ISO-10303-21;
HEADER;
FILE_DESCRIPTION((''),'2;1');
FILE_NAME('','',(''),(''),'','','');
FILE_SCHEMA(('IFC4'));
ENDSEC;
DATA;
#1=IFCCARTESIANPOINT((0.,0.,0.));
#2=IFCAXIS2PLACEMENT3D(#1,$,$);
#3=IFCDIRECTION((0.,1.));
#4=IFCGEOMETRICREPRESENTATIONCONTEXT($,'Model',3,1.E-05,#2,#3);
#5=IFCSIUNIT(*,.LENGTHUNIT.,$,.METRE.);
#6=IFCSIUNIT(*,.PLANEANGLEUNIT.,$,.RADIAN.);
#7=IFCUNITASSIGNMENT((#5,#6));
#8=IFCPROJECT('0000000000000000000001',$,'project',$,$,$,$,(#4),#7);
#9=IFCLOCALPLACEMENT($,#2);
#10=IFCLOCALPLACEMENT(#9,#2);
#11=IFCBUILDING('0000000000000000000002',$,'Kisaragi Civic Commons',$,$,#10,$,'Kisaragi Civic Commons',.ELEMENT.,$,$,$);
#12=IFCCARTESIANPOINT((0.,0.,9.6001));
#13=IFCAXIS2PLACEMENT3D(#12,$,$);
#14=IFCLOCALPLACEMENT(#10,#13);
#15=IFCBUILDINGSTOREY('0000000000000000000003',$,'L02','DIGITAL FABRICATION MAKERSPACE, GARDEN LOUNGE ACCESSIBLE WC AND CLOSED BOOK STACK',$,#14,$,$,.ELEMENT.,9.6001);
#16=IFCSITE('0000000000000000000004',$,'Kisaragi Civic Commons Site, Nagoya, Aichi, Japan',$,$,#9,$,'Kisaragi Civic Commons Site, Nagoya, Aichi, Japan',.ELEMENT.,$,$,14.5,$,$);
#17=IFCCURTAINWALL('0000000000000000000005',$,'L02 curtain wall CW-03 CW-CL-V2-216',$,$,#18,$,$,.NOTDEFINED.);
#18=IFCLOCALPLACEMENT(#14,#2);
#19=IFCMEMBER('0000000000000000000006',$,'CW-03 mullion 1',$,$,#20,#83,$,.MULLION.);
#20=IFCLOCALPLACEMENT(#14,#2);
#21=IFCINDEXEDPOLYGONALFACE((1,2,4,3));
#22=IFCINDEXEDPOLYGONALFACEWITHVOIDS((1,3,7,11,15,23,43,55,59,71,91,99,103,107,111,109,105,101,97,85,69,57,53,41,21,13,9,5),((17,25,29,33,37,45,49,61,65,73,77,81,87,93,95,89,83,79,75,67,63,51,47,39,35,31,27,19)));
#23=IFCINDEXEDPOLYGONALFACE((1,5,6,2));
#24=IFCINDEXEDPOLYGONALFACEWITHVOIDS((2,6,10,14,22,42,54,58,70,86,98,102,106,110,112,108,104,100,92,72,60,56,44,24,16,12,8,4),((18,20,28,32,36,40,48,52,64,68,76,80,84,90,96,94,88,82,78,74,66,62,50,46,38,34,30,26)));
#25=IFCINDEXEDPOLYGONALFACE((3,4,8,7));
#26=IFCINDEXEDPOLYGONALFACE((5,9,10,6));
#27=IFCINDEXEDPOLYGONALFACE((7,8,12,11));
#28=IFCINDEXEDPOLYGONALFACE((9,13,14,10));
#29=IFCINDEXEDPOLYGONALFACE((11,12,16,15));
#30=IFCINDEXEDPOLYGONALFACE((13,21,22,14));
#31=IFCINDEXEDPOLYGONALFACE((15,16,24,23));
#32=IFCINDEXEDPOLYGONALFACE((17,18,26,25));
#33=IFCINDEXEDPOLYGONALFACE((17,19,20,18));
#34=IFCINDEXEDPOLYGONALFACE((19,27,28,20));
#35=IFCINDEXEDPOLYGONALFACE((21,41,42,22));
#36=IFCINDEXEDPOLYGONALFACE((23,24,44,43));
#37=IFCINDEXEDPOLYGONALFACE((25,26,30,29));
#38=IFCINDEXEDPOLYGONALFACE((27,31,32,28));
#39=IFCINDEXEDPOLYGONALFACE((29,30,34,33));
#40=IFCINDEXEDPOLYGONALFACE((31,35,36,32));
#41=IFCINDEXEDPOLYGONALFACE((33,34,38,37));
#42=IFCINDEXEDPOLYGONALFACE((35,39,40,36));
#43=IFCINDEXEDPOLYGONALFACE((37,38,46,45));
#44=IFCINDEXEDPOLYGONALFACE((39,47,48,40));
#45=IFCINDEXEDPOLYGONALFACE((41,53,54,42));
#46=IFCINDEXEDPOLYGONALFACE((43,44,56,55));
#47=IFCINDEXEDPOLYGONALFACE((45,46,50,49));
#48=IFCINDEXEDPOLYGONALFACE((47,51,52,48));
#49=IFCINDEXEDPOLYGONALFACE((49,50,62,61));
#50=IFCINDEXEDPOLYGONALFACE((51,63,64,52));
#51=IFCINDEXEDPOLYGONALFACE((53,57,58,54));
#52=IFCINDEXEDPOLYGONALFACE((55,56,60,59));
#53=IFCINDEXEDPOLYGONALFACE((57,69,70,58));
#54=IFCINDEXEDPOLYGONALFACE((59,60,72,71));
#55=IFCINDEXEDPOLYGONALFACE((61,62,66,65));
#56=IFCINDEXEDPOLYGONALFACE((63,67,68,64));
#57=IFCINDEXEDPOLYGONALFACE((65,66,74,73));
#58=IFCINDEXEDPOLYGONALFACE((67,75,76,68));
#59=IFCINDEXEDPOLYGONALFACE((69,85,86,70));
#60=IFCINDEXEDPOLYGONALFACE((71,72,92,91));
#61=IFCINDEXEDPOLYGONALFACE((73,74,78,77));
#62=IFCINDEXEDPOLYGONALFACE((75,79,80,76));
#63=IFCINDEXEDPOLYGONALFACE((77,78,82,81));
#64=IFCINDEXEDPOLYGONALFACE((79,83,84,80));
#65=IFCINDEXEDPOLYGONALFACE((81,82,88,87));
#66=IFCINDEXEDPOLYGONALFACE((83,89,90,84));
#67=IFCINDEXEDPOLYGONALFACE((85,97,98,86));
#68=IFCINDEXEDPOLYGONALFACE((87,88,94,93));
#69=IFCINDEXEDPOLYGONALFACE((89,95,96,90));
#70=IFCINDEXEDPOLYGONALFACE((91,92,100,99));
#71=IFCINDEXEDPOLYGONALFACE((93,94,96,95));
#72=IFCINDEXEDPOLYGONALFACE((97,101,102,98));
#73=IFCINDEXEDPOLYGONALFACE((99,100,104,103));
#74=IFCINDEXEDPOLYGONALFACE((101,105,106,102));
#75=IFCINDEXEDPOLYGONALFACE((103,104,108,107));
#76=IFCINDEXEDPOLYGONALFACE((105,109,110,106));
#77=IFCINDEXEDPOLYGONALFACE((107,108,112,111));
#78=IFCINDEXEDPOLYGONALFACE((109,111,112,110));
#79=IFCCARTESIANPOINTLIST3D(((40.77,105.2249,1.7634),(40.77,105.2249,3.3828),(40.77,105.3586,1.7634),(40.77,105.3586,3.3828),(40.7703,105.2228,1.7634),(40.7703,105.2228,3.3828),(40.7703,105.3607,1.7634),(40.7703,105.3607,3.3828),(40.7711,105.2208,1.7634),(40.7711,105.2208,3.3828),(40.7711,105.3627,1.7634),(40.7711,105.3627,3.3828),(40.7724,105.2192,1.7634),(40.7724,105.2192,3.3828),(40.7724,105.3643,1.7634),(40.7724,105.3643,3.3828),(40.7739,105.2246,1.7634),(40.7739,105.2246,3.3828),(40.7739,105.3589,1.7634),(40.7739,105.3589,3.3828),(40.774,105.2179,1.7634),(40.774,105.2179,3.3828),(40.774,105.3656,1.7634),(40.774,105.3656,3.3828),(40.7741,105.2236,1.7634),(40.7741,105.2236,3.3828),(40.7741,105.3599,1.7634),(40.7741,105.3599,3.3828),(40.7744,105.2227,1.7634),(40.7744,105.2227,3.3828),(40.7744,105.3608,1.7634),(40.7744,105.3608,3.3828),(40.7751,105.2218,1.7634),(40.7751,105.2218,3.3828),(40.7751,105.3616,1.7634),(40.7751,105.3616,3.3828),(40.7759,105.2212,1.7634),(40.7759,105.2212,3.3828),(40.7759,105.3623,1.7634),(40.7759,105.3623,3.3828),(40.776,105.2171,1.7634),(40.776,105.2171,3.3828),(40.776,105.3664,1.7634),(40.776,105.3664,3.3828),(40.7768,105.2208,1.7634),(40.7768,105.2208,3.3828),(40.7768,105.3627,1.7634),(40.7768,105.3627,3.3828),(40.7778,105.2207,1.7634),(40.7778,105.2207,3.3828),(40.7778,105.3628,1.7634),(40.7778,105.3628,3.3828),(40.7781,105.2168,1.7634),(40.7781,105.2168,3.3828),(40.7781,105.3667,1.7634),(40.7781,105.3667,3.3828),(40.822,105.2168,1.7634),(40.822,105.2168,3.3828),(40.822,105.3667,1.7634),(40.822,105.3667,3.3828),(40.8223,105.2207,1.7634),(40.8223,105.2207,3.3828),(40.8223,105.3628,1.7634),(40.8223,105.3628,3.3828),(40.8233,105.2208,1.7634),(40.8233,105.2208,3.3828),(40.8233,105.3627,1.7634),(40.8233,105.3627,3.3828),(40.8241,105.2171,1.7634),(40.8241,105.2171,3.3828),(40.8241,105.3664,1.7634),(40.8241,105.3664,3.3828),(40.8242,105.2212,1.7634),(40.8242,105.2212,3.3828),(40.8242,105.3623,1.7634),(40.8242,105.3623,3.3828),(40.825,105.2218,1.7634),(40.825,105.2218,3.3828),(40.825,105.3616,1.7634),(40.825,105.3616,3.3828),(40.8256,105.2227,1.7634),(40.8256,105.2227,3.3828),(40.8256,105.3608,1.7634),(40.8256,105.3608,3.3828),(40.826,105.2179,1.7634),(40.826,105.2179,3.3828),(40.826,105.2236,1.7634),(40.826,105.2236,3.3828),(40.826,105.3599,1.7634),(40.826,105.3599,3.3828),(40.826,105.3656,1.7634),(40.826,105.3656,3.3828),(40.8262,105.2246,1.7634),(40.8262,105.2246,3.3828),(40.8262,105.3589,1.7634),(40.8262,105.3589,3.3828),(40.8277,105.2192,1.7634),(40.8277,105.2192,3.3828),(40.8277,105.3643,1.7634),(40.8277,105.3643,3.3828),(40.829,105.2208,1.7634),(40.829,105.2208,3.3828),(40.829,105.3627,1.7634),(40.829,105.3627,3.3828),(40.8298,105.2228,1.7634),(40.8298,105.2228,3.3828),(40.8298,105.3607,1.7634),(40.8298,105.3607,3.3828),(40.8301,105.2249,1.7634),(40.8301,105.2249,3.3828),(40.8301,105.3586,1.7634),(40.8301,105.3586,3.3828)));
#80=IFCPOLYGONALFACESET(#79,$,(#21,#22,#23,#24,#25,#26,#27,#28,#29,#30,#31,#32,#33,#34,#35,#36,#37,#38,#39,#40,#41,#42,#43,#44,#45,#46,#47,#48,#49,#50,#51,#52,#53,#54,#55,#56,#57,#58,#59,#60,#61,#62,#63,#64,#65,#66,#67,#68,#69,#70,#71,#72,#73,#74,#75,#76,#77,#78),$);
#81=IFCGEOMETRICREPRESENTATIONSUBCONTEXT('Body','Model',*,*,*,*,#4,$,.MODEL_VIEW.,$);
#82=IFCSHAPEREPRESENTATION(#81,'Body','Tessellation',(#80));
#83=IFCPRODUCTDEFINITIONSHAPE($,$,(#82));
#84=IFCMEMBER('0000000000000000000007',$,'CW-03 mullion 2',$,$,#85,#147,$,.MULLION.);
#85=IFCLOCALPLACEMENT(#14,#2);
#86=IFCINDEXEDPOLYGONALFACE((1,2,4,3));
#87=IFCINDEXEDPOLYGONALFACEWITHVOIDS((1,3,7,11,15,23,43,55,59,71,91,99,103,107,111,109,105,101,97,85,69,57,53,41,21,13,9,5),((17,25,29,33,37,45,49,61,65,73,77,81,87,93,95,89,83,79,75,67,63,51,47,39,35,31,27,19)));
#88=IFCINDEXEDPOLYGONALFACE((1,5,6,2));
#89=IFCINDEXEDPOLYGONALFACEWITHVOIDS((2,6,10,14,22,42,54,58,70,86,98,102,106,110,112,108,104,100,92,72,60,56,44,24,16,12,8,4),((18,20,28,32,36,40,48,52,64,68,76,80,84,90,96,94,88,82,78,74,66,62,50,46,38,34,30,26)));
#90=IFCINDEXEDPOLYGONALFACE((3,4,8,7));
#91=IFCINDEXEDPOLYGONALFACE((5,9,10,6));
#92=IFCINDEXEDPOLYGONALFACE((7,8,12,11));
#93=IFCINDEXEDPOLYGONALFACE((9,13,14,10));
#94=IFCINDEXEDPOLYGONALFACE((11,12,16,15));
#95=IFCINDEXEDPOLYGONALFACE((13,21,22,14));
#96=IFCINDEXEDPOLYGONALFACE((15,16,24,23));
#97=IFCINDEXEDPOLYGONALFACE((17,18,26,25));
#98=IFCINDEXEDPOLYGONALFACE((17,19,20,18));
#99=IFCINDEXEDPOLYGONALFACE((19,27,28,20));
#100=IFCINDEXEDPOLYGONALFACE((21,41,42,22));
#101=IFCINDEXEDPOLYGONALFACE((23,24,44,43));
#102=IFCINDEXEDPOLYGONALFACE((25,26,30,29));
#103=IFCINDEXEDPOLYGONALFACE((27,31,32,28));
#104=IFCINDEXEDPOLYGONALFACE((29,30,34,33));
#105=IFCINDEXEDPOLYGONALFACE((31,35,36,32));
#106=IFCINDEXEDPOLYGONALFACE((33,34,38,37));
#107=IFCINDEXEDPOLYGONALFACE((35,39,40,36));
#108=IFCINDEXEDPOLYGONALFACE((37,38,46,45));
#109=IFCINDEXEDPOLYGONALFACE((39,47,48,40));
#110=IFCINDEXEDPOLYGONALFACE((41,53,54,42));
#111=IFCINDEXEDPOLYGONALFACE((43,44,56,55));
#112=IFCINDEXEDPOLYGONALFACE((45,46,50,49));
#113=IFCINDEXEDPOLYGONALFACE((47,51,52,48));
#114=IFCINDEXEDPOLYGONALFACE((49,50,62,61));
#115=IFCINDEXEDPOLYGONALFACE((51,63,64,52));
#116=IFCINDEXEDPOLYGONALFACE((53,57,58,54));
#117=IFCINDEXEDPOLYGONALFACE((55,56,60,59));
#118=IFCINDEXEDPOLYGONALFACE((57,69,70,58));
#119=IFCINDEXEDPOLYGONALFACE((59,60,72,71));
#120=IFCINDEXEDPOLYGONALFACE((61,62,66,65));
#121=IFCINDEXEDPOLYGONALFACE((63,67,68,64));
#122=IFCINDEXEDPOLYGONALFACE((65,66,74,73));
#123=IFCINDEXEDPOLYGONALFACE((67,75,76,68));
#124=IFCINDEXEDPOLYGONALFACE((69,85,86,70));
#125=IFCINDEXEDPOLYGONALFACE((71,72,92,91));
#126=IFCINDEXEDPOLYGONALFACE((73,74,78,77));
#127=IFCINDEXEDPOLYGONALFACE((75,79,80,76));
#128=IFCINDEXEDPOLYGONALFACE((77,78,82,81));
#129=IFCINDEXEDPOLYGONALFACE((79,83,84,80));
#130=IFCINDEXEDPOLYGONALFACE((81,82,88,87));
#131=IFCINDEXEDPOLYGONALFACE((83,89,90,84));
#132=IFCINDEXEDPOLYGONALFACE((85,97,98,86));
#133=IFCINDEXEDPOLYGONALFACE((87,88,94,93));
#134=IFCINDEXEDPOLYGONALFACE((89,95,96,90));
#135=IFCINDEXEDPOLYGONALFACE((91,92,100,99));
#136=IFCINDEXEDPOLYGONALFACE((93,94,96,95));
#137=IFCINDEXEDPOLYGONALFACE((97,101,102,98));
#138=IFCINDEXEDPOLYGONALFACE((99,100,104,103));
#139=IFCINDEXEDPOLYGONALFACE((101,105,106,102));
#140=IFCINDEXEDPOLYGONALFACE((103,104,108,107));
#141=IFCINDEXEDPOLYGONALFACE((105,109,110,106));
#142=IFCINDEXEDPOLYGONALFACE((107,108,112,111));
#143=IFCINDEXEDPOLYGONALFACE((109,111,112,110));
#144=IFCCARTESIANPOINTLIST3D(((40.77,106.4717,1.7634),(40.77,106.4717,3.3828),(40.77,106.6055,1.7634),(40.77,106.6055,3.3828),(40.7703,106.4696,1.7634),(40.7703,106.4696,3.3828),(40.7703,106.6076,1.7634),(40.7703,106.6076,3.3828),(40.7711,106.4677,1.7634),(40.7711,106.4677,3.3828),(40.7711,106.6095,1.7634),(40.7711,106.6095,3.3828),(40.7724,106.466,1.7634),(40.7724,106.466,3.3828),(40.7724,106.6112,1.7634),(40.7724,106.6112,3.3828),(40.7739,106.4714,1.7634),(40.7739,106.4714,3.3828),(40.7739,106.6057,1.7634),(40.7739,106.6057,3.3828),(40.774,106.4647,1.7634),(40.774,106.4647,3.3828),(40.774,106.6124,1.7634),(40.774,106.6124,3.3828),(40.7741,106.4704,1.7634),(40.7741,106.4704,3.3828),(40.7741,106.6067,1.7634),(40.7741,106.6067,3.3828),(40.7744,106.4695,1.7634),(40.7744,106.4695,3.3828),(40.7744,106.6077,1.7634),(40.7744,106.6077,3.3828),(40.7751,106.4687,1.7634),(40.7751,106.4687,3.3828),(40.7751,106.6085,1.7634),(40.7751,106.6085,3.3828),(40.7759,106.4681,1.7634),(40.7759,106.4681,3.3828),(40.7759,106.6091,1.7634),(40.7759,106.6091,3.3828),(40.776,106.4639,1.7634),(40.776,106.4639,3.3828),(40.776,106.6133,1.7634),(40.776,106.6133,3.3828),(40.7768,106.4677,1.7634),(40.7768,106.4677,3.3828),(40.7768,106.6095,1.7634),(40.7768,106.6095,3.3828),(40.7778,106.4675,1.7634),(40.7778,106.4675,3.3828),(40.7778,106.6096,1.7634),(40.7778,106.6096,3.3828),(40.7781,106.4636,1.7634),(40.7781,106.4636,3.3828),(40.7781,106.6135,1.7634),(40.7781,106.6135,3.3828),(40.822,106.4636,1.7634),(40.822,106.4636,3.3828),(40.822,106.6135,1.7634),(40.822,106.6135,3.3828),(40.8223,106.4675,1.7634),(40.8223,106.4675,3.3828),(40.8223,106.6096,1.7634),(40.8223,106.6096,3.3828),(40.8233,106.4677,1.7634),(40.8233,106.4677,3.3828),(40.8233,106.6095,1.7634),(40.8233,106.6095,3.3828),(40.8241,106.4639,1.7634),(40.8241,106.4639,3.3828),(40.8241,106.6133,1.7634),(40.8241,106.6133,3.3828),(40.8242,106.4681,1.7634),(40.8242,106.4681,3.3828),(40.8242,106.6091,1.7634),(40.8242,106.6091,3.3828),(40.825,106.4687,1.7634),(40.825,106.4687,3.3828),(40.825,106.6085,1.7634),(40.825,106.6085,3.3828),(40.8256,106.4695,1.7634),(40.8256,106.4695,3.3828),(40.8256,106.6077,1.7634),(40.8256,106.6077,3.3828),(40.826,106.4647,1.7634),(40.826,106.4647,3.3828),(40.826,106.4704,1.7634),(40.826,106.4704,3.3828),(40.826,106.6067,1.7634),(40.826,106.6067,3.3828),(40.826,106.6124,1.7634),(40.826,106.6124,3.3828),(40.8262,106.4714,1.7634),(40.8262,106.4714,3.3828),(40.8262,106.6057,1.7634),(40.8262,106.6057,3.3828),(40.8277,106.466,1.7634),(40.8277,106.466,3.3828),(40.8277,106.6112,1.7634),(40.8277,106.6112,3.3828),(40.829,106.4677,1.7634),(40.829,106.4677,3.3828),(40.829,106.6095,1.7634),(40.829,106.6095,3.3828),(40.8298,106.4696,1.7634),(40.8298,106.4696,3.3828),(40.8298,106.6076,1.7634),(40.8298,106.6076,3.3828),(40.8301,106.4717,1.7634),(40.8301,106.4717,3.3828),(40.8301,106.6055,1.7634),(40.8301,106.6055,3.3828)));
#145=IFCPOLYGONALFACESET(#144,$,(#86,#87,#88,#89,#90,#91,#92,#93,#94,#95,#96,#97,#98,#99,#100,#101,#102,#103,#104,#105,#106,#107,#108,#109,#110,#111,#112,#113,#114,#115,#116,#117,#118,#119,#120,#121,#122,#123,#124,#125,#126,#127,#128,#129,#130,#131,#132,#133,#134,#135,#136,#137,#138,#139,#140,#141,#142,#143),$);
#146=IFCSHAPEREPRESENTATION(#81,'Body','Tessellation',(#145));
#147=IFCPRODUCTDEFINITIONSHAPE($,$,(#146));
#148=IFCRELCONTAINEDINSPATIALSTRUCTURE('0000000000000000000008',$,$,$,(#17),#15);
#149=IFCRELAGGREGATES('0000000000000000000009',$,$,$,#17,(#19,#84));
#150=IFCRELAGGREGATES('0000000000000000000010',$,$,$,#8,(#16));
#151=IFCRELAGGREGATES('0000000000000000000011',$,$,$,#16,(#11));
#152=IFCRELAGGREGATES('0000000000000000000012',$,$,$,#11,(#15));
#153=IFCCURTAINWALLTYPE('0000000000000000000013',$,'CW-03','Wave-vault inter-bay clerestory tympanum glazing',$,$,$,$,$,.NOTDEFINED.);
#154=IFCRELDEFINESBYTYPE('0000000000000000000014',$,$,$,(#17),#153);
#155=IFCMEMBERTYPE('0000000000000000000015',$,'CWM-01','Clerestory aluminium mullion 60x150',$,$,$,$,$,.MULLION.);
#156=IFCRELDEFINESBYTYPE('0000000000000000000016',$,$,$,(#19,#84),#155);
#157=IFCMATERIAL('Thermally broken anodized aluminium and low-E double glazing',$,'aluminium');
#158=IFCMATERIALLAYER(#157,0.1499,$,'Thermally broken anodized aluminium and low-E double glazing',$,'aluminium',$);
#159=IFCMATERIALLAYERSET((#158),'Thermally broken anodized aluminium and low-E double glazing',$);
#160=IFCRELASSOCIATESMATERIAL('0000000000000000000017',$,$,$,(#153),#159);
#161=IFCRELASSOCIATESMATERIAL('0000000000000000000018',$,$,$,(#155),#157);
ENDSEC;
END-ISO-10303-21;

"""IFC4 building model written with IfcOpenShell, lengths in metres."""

from ifc_helpers import new_model, si_unit, direction, frame, origin, origin_2d, place, context, subcontext, project, spatial, hollow_rectangle, extrude, material, layer, layer_set, material_profile, profile_set, type_object, element, aggregate, save


model = new_model("IFC4")

# Units and contexts
model_context = context("Model", 3, precision=1e-05, world=origin(), true_north=direction((0.0, 1.0)))
body_context = subcontext(model_context, "Body", "Model", "MODEL_VIEW")
ifc_project = project(units=[si_unit("LENGTHUNIT", "METRE"), si_unit("PLANEANGLEUNIT", "RADIAN")], contexts=[model_context])

# Site, building, storey
site_placement = place(None, origin())
site = spatial("IfcSite", under=ifc_project, at=site_placement, Name="Kisaragi Civic Commons Site, Nagoya, Aichi, Japan", LongName="Kisaragi Civic Commons Site, Nagoya, Aichi, Japan", CompositionType="ELEMENT", RefElevation=14.5)
building_placement = place(site_placement, origin())
building = spatial("IfcBuilding", under=site, at=building_placement, Name="Kisaragi Civic Commons", LongName="Kisaragi Civic Commons", CompositionType="ELEMENT")
storey_placement = place(building_placement, frame((0.0, 0.0, 9.6001)))
storey = spatial("IfcBuildingStorey", under=building, at=storey_placement, Name="L02", Description="DIGITAL FABRICATION MAKERSPACE, GARDEN LOUNGE ACCESSIBLE WC AND CLOSED BOOK STACK", CompositionType="ELEMENT", Elevation=9.6001)

# Curtain wall, members
ifc_material_1 = material(Name="Thermally broken anodized aluminium and low-E double glazing", Category="aluminium")
ifc_layer_1 = layer(ifc_material_1, 0.1499, Name="Thermally broken anodized aluminium and low-E double glazing", Category="aluminium")
ifc_layer_set_1 = layer_set([ifc_layer_1], Name="Thermally broken anodized aluminium and low-E double glazing")
curtain_wall_type = type_object("IfcCurtainWallType", Name="CW-03", Description="Wave-vault inter-bay clerestory tympanum glazing", PredefinedType="NOTDEFINED", material=ifc_layer_set_1)
curtain_wall_placement = place(storey_placement, origin())
curtain_wall = element("IfcCurtainWall", 1, at=curtain_wall_placement, inside=storey, type_object=curtain_wall_type, Name="L02 curtain wall CW-03 CW-CL-V2-216", PredefinedType="NOTDEFINED")
ifc_material_profile_1 = material_profile(ifc_material_1, hollow_rectangle(XDim=0.0601, YDim=0.1499, WallThickness=0.0039, InnerFilletRadius=0.0039, OuterFilletRadius=0.0081, at=origin_2d()), Name="CWM-60x150x4", Category="aluminium")
ifc_profile_set_1 = profile_set([ifc_material_profile_1], Name="Thermally broken anodized aluminium and low-E double glazing")
member_type_1 = type_object("IfcMemberType", Name="CWM-01", Description="Clerestory aluminium mullion 60x150", PredefinedType="MULLION", material=ifc_profile_set_1)
member_1_placement = place(storey_placement, frame((40.8, 105.2917, 1.7634), z_axis=(0.0, 0.0, 1.0), x_axis=(-1.0, 0.0, 0.0)))
member_1 = element("IfcMember", 2, at=member_1_placement, type_object=member_type_1, Name="CW-03 mullion 1", PredefinedType="MULLION", context=body_context, shape_type="SweptSolid", body=[
    extrude(hollow_rectangle(XDim=0.0601, YDim=0.1499, WallThickness=0.0039, InnerFilletRadius=0.0039, OuterFilletRadius=0.0081, at=origin_2d()), origin(), (0.0, 0.0, 1.0), 1.6194),
])
member_2_placement = place(storey_placement, frame((40.8, 106.5386, 1.7634), z_axis=(0.0, 0.0, 1.0), x_axis=(-1.0, 0.0, 0.0)))
member_2 = element("IfcMember", 3, at=member_2_placement, type_object=member_type_1, Name="CW-03 mullion 2", PredefinedType="MULLION", context=body_context, shape_type="SweptSolid", body=[
    extrude(hollow_rectangle(XDim=0.0601, YDim=0.1499, WallThickness=0.0039, InnerFilletRadius=0.0039, OuterFilletRadius=0.0081, at=origin_2d()), origin(), (0.0, 0.0, 1.0), 1.6194),
])

aggregate(curtain_wall, [member_1, member_2])

save(model, "model.ifc")
